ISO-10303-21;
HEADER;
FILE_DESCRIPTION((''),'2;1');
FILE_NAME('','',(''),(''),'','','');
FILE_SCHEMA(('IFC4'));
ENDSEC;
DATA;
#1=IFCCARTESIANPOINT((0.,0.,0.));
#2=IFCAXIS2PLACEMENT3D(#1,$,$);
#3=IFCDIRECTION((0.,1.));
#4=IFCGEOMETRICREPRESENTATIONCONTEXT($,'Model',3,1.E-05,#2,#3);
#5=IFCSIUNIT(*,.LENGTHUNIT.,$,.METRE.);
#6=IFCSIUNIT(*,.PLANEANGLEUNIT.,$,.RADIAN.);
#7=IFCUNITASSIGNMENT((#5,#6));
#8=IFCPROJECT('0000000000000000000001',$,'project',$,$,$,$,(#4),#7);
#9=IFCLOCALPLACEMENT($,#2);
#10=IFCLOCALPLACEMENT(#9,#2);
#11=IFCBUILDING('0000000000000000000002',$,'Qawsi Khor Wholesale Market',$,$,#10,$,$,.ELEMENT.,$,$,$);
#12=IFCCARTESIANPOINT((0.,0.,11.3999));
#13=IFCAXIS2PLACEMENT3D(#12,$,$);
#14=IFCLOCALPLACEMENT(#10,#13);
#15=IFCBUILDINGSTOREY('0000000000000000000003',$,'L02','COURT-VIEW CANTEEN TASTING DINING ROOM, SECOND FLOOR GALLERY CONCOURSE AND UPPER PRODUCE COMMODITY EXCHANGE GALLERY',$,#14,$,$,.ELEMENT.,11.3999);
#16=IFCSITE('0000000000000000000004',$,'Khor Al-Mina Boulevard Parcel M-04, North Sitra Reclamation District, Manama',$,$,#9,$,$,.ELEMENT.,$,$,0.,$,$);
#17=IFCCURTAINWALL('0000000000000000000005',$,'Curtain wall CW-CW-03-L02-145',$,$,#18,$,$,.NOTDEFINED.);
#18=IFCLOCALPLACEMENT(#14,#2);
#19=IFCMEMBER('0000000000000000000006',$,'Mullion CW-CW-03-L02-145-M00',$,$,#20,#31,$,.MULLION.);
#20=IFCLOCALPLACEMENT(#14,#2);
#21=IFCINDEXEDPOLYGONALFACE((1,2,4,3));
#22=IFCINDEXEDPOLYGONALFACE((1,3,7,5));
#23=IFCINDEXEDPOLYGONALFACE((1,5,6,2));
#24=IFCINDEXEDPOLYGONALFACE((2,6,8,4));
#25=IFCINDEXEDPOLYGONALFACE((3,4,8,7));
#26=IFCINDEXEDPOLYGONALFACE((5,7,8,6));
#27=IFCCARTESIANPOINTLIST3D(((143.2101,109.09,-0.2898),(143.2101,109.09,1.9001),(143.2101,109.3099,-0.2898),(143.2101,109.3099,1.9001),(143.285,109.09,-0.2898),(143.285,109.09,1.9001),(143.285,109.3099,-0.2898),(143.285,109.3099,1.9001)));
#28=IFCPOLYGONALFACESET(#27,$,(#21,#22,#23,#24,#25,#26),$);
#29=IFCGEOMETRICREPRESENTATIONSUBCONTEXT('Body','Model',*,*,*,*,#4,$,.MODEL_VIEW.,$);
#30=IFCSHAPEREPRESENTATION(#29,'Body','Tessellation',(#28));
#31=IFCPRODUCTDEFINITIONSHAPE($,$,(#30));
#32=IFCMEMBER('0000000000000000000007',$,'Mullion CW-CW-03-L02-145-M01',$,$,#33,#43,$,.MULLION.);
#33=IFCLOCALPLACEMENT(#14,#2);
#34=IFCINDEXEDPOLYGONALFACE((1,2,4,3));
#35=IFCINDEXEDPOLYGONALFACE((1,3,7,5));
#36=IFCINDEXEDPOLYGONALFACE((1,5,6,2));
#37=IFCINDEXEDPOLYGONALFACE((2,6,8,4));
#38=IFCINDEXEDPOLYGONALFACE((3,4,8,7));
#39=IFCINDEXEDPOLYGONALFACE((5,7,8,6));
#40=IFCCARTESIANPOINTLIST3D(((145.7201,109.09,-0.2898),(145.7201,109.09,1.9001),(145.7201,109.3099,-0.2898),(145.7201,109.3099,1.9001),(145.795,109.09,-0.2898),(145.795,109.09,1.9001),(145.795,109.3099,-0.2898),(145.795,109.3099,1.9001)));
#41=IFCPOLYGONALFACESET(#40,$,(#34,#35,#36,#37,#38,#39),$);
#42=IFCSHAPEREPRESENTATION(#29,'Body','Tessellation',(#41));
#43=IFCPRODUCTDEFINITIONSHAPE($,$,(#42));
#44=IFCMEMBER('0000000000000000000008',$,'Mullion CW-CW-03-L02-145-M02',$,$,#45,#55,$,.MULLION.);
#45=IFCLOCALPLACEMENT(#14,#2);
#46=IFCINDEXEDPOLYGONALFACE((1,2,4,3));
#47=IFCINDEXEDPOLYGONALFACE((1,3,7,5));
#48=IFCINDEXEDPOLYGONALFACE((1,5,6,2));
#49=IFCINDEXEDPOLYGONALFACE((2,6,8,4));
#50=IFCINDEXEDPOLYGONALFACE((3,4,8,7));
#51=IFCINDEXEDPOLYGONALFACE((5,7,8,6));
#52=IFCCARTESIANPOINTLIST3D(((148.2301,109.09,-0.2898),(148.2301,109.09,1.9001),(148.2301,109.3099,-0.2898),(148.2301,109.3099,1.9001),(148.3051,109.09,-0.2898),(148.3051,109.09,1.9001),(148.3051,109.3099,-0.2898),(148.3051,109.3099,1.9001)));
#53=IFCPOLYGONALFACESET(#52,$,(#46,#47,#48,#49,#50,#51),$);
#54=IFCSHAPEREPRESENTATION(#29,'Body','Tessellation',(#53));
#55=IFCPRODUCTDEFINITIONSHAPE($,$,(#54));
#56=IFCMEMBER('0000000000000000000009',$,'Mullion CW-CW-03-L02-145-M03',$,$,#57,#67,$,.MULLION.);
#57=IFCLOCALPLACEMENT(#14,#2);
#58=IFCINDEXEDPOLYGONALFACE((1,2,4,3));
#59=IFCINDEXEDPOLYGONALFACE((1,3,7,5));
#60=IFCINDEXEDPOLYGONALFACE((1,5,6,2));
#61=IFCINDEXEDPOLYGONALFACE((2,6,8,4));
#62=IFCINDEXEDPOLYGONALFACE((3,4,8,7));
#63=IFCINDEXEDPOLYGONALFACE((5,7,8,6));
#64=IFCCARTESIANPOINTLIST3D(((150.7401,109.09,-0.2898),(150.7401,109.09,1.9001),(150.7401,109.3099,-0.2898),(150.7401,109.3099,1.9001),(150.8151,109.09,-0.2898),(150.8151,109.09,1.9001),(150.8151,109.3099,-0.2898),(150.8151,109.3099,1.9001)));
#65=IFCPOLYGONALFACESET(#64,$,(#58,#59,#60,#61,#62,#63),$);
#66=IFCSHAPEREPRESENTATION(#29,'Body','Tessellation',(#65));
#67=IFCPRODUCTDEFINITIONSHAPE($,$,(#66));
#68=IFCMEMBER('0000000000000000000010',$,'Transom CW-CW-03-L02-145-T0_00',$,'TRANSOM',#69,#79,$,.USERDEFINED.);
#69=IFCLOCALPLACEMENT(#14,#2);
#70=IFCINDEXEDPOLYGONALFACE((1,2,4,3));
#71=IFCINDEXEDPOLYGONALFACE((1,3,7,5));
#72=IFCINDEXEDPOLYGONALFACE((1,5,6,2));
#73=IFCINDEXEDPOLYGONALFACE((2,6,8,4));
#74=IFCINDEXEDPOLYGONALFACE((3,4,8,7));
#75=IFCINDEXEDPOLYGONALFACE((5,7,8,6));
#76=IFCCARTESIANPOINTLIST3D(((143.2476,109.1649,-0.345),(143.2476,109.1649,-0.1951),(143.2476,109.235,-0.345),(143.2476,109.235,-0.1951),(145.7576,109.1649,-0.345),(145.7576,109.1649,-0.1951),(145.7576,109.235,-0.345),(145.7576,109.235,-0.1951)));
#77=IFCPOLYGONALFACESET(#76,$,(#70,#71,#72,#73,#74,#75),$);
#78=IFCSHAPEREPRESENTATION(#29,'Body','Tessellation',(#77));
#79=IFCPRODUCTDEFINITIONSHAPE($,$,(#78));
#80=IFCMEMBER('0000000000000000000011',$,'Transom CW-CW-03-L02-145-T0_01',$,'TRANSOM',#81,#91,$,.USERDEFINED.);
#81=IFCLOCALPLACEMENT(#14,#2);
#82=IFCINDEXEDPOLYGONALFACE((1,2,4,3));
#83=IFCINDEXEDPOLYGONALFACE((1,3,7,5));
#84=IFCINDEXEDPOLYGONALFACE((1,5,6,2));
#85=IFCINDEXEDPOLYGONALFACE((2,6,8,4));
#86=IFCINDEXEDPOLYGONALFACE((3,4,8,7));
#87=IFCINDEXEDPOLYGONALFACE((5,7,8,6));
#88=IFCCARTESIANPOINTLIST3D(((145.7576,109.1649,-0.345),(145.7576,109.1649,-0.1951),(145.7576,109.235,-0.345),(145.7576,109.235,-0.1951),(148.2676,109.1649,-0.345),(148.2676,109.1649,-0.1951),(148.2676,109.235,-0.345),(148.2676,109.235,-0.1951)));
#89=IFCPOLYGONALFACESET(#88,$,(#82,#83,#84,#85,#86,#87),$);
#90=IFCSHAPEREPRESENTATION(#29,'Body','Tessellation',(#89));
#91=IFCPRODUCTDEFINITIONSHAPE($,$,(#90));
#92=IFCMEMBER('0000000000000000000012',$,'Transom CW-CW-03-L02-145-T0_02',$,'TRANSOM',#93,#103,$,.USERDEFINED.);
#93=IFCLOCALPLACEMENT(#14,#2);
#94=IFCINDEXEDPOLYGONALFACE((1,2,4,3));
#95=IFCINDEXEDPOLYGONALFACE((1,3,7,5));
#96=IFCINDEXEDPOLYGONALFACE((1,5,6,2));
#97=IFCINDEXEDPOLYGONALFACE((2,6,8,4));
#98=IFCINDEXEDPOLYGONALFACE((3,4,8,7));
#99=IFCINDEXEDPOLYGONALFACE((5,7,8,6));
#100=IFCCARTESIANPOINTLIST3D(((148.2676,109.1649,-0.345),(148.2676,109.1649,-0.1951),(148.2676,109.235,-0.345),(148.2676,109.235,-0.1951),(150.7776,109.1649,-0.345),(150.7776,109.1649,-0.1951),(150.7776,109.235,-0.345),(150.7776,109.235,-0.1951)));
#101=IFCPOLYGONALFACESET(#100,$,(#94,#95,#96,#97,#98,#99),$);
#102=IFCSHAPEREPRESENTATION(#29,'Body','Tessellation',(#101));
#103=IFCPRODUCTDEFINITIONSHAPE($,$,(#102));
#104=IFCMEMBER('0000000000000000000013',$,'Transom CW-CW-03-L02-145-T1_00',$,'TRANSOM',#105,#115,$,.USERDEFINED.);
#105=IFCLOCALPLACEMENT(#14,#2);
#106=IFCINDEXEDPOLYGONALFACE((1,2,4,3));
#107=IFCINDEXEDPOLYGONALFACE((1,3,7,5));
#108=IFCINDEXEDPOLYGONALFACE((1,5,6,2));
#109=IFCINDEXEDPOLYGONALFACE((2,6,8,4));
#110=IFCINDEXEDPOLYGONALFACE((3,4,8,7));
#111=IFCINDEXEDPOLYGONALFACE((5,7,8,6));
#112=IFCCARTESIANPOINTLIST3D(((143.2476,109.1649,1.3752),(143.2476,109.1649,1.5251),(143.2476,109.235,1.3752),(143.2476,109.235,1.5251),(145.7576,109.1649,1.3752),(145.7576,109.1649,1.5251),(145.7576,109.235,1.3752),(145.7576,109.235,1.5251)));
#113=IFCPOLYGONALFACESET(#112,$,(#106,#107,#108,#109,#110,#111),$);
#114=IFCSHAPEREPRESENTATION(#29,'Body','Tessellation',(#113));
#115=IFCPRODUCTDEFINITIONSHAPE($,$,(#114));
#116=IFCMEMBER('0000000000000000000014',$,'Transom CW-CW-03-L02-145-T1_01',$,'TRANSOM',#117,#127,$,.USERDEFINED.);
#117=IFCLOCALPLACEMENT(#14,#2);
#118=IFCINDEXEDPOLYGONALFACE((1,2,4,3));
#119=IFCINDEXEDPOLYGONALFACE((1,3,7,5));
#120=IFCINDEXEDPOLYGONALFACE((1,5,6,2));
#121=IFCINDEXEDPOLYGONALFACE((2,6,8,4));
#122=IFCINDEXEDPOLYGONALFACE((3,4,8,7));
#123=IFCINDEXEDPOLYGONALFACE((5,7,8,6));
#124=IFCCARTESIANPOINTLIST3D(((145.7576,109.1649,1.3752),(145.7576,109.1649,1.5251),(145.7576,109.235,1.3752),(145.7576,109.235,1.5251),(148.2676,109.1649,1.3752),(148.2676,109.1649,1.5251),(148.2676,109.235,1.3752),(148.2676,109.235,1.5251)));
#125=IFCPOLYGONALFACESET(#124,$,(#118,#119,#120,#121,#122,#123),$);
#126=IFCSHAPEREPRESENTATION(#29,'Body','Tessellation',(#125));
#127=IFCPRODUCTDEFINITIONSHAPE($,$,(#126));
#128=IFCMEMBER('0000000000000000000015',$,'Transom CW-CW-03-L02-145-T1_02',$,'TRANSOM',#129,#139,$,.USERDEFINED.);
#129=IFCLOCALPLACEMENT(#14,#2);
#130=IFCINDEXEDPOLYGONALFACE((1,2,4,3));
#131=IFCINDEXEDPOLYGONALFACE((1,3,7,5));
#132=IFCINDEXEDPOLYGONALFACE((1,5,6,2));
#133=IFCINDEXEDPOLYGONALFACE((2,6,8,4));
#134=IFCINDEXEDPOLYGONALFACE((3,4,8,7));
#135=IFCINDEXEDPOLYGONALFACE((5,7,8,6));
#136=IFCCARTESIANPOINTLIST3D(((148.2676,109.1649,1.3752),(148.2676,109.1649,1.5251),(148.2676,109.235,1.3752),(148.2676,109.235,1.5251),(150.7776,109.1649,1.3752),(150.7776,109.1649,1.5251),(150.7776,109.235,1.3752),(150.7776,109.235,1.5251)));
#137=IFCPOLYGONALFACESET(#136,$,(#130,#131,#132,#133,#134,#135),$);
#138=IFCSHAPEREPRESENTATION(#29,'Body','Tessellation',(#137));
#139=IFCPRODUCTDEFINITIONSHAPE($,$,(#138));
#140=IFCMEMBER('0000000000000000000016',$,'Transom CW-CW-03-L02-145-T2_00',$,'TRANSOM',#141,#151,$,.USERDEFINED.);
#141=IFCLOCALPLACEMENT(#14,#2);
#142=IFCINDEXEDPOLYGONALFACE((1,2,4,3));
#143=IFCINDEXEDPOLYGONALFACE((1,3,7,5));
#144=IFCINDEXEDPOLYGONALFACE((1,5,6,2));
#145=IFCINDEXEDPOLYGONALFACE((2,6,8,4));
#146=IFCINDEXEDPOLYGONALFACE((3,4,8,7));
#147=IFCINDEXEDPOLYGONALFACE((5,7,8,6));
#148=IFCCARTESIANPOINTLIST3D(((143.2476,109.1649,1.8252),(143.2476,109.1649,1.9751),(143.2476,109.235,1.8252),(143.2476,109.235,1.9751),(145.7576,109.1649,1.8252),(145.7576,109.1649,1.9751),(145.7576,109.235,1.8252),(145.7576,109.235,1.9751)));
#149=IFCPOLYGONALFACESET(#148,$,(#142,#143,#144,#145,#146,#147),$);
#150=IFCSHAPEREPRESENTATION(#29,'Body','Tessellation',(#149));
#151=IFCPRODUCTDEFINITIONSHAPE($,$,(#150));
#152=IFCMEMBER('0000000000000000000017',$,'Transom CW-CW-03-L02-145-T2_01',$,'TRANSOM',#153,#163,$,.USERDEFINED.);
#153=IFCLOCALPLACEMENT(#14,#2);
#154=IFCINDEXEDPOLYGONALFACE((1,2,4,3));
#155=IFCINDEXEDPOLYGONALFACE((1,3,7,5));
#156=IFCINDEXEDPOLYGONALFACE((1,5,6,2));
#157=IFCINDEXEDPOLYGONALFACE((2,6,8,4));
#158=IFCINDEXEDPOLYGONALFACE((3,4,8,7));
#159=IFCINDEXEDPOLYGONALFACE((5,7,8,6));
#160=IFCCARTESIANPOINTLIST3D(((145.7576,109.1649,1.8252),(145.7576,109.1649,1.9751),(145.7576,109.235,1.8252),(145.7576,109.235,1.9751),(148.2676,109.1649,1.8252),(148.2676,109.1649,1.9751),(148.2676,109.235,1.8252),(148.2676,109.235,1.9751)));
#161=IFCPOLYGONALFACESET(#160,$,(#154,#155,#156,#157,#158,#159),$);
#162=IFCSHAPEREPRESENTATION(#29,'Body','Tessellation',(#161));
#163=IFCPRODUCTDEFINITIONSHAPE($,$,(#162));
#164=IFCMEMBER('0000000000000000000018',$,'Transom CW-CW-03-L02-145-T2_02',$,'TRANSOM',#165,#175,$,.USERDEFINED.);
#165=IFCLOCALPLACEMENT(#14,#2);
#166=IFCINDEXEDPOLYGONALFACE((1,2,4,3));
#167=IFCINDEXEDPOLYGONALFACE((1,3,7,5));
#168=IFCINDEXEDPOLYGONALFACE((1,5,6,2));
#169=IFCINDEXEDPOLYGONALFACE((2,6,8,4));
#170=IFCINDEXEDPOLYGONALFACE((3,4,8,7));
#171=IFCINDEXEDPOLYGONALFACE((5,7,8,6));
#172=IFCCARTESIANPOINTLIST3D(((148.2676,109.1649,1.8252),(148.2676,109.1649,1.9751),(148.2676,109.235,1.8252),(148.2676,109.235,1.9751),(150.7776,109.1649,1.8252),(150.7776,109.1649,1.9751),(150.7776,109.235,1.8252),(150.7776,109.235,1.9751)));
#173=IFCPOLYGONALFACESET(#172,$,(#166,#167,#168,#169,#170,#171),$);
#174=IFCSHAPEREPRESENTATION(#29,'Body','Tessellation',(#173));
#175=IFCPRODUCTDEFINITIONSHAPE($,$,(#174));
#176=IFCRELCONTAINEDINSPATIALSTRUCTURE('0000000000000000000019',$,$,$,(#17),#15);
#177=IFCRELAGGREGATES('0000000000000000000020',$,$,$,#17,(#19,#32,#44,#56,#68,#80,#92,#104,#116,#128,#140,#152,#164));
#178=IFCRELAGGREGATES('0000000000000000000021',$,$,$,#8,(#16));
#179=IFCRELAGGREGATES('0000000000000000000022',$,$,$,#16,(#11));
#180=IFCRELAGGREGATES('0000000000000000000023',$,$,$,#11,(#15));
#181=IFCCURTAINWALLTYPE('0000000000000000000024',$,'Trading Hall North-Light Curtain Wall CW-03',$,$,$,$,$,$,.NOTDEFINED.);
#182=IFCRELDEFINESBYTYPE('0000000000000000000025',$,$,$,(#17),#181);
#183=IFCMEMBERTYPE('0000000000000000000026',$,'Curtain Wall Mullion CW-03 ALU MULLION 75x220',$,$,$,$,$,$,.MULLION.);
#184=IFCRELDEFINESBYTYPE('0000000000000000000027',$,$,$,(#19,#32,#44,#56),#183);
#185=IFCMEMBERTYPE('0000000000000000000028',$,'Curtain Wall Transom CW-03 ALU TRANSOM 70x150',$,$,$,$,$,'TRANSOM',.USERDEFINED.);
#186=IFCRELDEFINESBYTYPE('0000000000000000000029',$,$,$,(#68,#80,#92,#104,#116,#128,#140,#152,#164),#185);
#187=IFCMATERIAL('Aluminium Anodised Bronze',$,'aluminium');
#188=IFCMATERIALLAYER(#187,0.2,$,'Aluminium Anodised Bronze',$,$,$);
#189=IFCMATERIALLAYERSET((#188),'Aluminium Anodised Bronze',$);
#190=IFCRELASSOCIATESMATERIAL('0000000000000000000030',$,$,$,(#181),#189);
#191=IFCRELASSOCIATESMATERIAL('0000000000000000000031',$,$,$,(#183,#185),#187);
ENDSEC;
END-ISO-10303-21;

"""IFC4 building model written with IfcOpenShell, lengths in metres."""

from ifc_helpers import new_model, si_unit, direction, frame, origin, origin_2d, place, context, subcontext, project, spatial, rectangle, extrude, material, layer, layer_set, material_profile, profile_set, type_object, element, aggregate, save


model = new_model("IFC4")

# Units and contexts
model_context = context("Model", 3, precision=1e-05, world=origin(), true_north=direction((0.0, 1.0)))
body_context = subcontext(model_context, "Body", "Model", "MODEL_VIEW")
ifc_project = project(units=[si_unit("LENGTHUNIT", "METRE"), si_unit("PLANEANGLEUNIT", "RADIAN")], contexts=[model_context])

# Site, building, storey
site_placement = place(None, origin())
site = spatial("IfcSite", under=ifc_project, at=site_placement, Name="Khor Al-Mina Boulevard Parcel M-04, North Sitra Reclamation District, Manama", CompositionType="ELEMENT", RefElevation=0.0)
building_placement = place(site_placement, origin())
building = spatial("IfcBuilding", under=site, at=building_placement, Name="Qawsi Khor Wholesale Market", CompositionType="ELEMENT")
storey_placement = place(building_placement, frame((0.0, 0.0, 11.3999)))
storey = spatial("IfcBuildingStorey", under=building, at=storey_placement, Name="L02", Description="COURT-VIEW CANTEEN TASTING DINING ROOM, SECOND FLOOR GALLERY CONCOURSE AND UPPER PRODUCE COMMODITY EXCHANGE GALLERY", CompositionType="ELEMENT", Elevation=11.3999)

# Curtain wall, members
ifc_material_1 = material(Name="Aluminium Anodised Bronze", Category="aluminium")
ifc_layer_1 = layer(ifc_material_1, 0.2, Name="Aluminium Anodised Bronze")
ifc_layer_set_1 = layer_set([ifc_layer_1], Name="Aluminium Anodised Bronze")
curtain_wall_type = type_object("IfcCurtainWallType", Name="Trading Hall North-Light Curtain Wall CW-03", PredefinedType="NOTDEFINED", material=ifc_layer_set_1)
curtain_wall_placement = place(storey_placement, origin())
curtain_wall = element("IfcCurtainWall", 1, at=curtain_wall_placement, inside=storey, type_object=curtain_wall_type, Name="Curtain wall CW-CW-03-L02-145", PredefinedType="NOTDEFINED")
ifc_material_profile_1 = material_profile(ifc_material_1, rectangle(XDim=0.075, YDim=0.22, at=origin_2d()), Name="ALU MULLION 75x220")
ifc_profile_set_1 = profile_set([ifc_material_profile_1], Name="Aluminium Anodised Bronze")
member_type_1 = type_object("IfcMemberType", Name="Curtain Wall Mullion CW-03 ALU MULLION 75x220", PredefinedType="MULLION", material=ifc_profile_set_1)
member_1_placement = place(storey_placement, frame((143.2476, 109.2, -0.2898), z_axis=(0.0, 0.0, 1.0), x_axis=(1.0, 0.0, 0.0)))
member_1 = element("IfcMember", 2, at=member_1_placement, type_object=member_type_1, Name="Mullion CW-CW-03-L02-145-M00", PredefinedType="MULLION", context=body_context, shape_type="SweptSolid", body=[
    extrude(rectangle(XDim=0.075, YDim=0.22, at=origin_2d()), origin(), (0.0, 0.0, 1.0), 2.1899),
])
member_2_placement = place(storey_placement, frame((145.7576, 109.2, -0.2898), z_axis=(0.0, 0.0, 1.0), x_axis=(1.0, 0.0, 0.0)))
member_2 = element("IfcMember", 3, at=member_2_placement, type_object=member_type_1, Name="Mullion CW-CW-03-L02-145-M01", PredefinedType="MULLION", context=body_context, shape_type="SweptSolid", body=[
    extrude(rectangle(XDim=0.075, YDim=0.22, at=origin_2d()), origin(), (0.0, 0.0, 1.0), 2.1899),
])
member_3_placement = place(storey_placement, frame((148.2676, 109.2, -0.2898), z_axis=(0.0, 0.0, 1.0), x_axis=(1.0, 0.0, 0.0)))
member_3 = element("IfcMember", 4, at=member_3_placement, type_object=member_type_1, Name="Mullion CW-CW-03-L02-145-M02", PredefinedType="MULLION", context=body_context, shape_type="SweptSolid", body=[
    extrude(rectangle(XDim=0.075, YDim=0.22, at=origin_2d()), origin(), (0.0, 0.0, 1.0), 2.1899),
])
member_4_placement = place(storey_placement, frame((150.7776, 109.2, -0.2898), z_axis=(0.0, 0.0, 1.0), x_axis=(1.0, 0.0, 0.0)))
member_4 = element("IfcMember", 5, at=member_4_placement, type_object=member_type_1, Name="Mullion CW-CW-03-L02-145-M03", PredefinedType="MULLION", context=body_context, shape_type="SweptSolid", body=[
    extrude(rectangle(XDim=0.075, YDim=0.22, at=origin_2d()), origin(), (0.0, 0.0, 1.0), 2.1899),
])
ifc_material_profile_2 = material_profile(ifc_material_1, rectangle(XDim=0.0701, YDim=0.1499, at=origin_2d()), Name="ALU TRANSOM 70x150")
ifc_profile_set_2 = profile_set([ifc_material_profile_2], Name="Aluminium Anodised Bronze")
member_type_2 = type_object("IfcMemberType", Name="Curtain Wall Transom CW-03 ALU TRANSOM 70x150", ElementType="TRANSOM", PredefinedType="USERDEFINED", material=ifc_profile_set_2)
member_5_placement = place(storey_placement, frame((143.2476, 109.2, -0.27), z_axis=(1.0, 0.0, 0.0), x_axis=(0.0, 1.0, 0.0)))
member_5 = element("IfcMember", 6, at=member_5_placement, type_object=member_type_2, Name="Transom CW-CW-03-L02-145-T0_00", ObjectType="TRANSOM", PredefinedType="USERDEFINED", context=body_context, shape_type="SweptSolid", body=[
    extrude(rectangle(XDim=0.0701, YDim=0.1499, at=origin_2d()), origin(), (0.0, 0.0, 1.0), 2.51),
])
member_6_placement = place(storey_placement, frame((145.7576, 109.2, -0.27), z_axis=(1.0, 0.0, 0.0), x_axis=(0.0, 1.0, 0.0)))
member_6 = element("IfcMember", 7, at=member_6_placement, type_object=member_type_2, Name="Transom CW-CW-03-L02-145-T0_01", ObjectType="TRANSOM", PredefinedType="USERDEFINED", context=body_context, shape_type="SweptSolid", body=[
    extrude(rectangle(XDim=0.0701, YDim=0.1499, at=origin_2d()), origin(), (0.0, 0.0, 1.0), 2.51),
])
member_7_placement = place(storey_placement, frame((148.2676, 109.2, -0.27), z_axis=(1.0, 0.0, 0.0), x_axis=(0.0, 1.0, 0.0)))
member_7 = element("IfcMember", 8, at=member_7_placement, type_object=member_type_2, Name="Transom CW-CW-03-L02-145-T0_02", ObjectType="TRANSOM", PredefinedType="USERDEFINED", context=body_context, shape_type="SweptSolid", body=[
    extrude(rectangle(XDim=0.0701, YDim=0.1499, at=origin_2d()), origin(), (0.0, 0.0, 1.0), 2.51),
])
member_8_placement = place(storey_placement, frame((143.2476, 109.2, 1.4502), z_axis=(1.0, 0.0, 0.0), x_axis=(0.0, 1.0, 0.0)))
member_8 = element("IfcMember", 9, at=member_8_placement, type_object=member_type_2, Name="Transom CW-CW-03-L02-145-T1_00", ObjectType="TRANSOM", PredefinedType="USERDEFINED", context=body_context, shape_type="SweptSolid", body=[
    extrude(rectangle(XDim=0.0701, YDim=0.1499, at=origin_2d()), origin(), (0.0, 0.0, 1.0), 2.51),
])
member_9_placement = place(storey_placement, frame((145.7576, 109.2, 1.4502), z_axis=(1.0, 0.0, 0.0), x_axis=(0.0, 1.0, 0.0)))
member_9 = element("IfcMember", 10, at=member_9_placement, type_object=member_type_2, Name="Transom CW-CW-03-L02-145-T1_01", ObjectType="TRANSOM", PredefinedType="USERDEFINED", context=body_context, shape_type="SweptSolid", body=[
    extrude(rectangle(XDim=0.0701, YDim=0.1499, at=origin_2d()), origin(), (0.0, 0.0, 1.0), 2.51),
])
member_10_placement = place(storey_placement, frame((148.2676, 109.2, 1.4502), z_axis=(1.0, 0.0, 0.0), x_axis=(0.0, 1.0, 0.0)))
member_10 = element("IfcMember", 11, at=member_10_placement, type_object=member_type_2, Name="Transom CW-CW-03-L02-145-T1_02", ObjectType="TRANSOM", PredefinedType="USERDEFINED", context=body_context, shape_type="SweptSolid", body=[
    extrude(rectangle(XDim=0.0701, YDim=0.1499, at=origin_2d()), origin(), (0.0, 0.0, 1.0), 2.51),
])
member_11_placement = place(storey_placement, frame((143.2476, 109.2, 1.9001), z_axis=(1.0, 0.0, 0.0), x_axis=(0.0, 1.0, 0.0)))
member_11 = element("IfcMember", 12, at=member_11_placement, type_object=member_type_2, Name="Transom CW-CW-03-L02-145-T2_00", ObjectType="TRANSOM", PredefinedType="USERDEFINED", context=body_context, shape_type="SweptSolid", body=[
    extrude(rectangle(XDim=0.0701, YDim=0.1499, at=origin_2d()), origin(), (0.0, 0.0, 1.0), 2.51),
])
member_12_placement = place(storey_placement, frame((145.7576, 109.2, 1.9001), z_axis=(1.0, 0.0, 0.0), x_axis=(0.0, 1.0, 0.0)))
member_12 = element("IfcMember", 13, at=member_12_placement, type_object=member_type_2, Name="Transom CW-CW-03-L02-145-T2_01", ObjectType="TRANSOM", PredefinedType="USERDEFINED", context=body_context, shape_type="SweptSolid", body=[
    extrude(rectangle(XDim=0.0701, YDim=0.1499, at=origin_2d()), origin(), (0.0, 0.0, 1.0), 2.51),
])
member_13_placement = place(storey_placement, frame((148.2676, 109.2, 1.9001), z_axis=(1.0, 0.0, 0.0), x_axis=(0.0, 1.0, 0.0)))
member_13 = element("IfcMember", 14, at=member_13_placement, type_object=member_type_2, Name="Transom CW-CW-03-L02-145-T2_02", ObjectType="TRANSOM", PredefinedType="USERDEFINED", context=body_context, shape_type="SweptSolid", body=[
    extrude(rectangle(XDim=0.0701, YDim=0.1499, at=origin_2d()), origin(), (0.0, 0.0, 1.0), 2.51),
])

aggregate(curtain_wall, [member_1, member_2, member_3, member_4, member_5, member_6, member_7, member_8, member_9, member_10, member_11, member_12, member_13])

save(model, "model.ifc")
